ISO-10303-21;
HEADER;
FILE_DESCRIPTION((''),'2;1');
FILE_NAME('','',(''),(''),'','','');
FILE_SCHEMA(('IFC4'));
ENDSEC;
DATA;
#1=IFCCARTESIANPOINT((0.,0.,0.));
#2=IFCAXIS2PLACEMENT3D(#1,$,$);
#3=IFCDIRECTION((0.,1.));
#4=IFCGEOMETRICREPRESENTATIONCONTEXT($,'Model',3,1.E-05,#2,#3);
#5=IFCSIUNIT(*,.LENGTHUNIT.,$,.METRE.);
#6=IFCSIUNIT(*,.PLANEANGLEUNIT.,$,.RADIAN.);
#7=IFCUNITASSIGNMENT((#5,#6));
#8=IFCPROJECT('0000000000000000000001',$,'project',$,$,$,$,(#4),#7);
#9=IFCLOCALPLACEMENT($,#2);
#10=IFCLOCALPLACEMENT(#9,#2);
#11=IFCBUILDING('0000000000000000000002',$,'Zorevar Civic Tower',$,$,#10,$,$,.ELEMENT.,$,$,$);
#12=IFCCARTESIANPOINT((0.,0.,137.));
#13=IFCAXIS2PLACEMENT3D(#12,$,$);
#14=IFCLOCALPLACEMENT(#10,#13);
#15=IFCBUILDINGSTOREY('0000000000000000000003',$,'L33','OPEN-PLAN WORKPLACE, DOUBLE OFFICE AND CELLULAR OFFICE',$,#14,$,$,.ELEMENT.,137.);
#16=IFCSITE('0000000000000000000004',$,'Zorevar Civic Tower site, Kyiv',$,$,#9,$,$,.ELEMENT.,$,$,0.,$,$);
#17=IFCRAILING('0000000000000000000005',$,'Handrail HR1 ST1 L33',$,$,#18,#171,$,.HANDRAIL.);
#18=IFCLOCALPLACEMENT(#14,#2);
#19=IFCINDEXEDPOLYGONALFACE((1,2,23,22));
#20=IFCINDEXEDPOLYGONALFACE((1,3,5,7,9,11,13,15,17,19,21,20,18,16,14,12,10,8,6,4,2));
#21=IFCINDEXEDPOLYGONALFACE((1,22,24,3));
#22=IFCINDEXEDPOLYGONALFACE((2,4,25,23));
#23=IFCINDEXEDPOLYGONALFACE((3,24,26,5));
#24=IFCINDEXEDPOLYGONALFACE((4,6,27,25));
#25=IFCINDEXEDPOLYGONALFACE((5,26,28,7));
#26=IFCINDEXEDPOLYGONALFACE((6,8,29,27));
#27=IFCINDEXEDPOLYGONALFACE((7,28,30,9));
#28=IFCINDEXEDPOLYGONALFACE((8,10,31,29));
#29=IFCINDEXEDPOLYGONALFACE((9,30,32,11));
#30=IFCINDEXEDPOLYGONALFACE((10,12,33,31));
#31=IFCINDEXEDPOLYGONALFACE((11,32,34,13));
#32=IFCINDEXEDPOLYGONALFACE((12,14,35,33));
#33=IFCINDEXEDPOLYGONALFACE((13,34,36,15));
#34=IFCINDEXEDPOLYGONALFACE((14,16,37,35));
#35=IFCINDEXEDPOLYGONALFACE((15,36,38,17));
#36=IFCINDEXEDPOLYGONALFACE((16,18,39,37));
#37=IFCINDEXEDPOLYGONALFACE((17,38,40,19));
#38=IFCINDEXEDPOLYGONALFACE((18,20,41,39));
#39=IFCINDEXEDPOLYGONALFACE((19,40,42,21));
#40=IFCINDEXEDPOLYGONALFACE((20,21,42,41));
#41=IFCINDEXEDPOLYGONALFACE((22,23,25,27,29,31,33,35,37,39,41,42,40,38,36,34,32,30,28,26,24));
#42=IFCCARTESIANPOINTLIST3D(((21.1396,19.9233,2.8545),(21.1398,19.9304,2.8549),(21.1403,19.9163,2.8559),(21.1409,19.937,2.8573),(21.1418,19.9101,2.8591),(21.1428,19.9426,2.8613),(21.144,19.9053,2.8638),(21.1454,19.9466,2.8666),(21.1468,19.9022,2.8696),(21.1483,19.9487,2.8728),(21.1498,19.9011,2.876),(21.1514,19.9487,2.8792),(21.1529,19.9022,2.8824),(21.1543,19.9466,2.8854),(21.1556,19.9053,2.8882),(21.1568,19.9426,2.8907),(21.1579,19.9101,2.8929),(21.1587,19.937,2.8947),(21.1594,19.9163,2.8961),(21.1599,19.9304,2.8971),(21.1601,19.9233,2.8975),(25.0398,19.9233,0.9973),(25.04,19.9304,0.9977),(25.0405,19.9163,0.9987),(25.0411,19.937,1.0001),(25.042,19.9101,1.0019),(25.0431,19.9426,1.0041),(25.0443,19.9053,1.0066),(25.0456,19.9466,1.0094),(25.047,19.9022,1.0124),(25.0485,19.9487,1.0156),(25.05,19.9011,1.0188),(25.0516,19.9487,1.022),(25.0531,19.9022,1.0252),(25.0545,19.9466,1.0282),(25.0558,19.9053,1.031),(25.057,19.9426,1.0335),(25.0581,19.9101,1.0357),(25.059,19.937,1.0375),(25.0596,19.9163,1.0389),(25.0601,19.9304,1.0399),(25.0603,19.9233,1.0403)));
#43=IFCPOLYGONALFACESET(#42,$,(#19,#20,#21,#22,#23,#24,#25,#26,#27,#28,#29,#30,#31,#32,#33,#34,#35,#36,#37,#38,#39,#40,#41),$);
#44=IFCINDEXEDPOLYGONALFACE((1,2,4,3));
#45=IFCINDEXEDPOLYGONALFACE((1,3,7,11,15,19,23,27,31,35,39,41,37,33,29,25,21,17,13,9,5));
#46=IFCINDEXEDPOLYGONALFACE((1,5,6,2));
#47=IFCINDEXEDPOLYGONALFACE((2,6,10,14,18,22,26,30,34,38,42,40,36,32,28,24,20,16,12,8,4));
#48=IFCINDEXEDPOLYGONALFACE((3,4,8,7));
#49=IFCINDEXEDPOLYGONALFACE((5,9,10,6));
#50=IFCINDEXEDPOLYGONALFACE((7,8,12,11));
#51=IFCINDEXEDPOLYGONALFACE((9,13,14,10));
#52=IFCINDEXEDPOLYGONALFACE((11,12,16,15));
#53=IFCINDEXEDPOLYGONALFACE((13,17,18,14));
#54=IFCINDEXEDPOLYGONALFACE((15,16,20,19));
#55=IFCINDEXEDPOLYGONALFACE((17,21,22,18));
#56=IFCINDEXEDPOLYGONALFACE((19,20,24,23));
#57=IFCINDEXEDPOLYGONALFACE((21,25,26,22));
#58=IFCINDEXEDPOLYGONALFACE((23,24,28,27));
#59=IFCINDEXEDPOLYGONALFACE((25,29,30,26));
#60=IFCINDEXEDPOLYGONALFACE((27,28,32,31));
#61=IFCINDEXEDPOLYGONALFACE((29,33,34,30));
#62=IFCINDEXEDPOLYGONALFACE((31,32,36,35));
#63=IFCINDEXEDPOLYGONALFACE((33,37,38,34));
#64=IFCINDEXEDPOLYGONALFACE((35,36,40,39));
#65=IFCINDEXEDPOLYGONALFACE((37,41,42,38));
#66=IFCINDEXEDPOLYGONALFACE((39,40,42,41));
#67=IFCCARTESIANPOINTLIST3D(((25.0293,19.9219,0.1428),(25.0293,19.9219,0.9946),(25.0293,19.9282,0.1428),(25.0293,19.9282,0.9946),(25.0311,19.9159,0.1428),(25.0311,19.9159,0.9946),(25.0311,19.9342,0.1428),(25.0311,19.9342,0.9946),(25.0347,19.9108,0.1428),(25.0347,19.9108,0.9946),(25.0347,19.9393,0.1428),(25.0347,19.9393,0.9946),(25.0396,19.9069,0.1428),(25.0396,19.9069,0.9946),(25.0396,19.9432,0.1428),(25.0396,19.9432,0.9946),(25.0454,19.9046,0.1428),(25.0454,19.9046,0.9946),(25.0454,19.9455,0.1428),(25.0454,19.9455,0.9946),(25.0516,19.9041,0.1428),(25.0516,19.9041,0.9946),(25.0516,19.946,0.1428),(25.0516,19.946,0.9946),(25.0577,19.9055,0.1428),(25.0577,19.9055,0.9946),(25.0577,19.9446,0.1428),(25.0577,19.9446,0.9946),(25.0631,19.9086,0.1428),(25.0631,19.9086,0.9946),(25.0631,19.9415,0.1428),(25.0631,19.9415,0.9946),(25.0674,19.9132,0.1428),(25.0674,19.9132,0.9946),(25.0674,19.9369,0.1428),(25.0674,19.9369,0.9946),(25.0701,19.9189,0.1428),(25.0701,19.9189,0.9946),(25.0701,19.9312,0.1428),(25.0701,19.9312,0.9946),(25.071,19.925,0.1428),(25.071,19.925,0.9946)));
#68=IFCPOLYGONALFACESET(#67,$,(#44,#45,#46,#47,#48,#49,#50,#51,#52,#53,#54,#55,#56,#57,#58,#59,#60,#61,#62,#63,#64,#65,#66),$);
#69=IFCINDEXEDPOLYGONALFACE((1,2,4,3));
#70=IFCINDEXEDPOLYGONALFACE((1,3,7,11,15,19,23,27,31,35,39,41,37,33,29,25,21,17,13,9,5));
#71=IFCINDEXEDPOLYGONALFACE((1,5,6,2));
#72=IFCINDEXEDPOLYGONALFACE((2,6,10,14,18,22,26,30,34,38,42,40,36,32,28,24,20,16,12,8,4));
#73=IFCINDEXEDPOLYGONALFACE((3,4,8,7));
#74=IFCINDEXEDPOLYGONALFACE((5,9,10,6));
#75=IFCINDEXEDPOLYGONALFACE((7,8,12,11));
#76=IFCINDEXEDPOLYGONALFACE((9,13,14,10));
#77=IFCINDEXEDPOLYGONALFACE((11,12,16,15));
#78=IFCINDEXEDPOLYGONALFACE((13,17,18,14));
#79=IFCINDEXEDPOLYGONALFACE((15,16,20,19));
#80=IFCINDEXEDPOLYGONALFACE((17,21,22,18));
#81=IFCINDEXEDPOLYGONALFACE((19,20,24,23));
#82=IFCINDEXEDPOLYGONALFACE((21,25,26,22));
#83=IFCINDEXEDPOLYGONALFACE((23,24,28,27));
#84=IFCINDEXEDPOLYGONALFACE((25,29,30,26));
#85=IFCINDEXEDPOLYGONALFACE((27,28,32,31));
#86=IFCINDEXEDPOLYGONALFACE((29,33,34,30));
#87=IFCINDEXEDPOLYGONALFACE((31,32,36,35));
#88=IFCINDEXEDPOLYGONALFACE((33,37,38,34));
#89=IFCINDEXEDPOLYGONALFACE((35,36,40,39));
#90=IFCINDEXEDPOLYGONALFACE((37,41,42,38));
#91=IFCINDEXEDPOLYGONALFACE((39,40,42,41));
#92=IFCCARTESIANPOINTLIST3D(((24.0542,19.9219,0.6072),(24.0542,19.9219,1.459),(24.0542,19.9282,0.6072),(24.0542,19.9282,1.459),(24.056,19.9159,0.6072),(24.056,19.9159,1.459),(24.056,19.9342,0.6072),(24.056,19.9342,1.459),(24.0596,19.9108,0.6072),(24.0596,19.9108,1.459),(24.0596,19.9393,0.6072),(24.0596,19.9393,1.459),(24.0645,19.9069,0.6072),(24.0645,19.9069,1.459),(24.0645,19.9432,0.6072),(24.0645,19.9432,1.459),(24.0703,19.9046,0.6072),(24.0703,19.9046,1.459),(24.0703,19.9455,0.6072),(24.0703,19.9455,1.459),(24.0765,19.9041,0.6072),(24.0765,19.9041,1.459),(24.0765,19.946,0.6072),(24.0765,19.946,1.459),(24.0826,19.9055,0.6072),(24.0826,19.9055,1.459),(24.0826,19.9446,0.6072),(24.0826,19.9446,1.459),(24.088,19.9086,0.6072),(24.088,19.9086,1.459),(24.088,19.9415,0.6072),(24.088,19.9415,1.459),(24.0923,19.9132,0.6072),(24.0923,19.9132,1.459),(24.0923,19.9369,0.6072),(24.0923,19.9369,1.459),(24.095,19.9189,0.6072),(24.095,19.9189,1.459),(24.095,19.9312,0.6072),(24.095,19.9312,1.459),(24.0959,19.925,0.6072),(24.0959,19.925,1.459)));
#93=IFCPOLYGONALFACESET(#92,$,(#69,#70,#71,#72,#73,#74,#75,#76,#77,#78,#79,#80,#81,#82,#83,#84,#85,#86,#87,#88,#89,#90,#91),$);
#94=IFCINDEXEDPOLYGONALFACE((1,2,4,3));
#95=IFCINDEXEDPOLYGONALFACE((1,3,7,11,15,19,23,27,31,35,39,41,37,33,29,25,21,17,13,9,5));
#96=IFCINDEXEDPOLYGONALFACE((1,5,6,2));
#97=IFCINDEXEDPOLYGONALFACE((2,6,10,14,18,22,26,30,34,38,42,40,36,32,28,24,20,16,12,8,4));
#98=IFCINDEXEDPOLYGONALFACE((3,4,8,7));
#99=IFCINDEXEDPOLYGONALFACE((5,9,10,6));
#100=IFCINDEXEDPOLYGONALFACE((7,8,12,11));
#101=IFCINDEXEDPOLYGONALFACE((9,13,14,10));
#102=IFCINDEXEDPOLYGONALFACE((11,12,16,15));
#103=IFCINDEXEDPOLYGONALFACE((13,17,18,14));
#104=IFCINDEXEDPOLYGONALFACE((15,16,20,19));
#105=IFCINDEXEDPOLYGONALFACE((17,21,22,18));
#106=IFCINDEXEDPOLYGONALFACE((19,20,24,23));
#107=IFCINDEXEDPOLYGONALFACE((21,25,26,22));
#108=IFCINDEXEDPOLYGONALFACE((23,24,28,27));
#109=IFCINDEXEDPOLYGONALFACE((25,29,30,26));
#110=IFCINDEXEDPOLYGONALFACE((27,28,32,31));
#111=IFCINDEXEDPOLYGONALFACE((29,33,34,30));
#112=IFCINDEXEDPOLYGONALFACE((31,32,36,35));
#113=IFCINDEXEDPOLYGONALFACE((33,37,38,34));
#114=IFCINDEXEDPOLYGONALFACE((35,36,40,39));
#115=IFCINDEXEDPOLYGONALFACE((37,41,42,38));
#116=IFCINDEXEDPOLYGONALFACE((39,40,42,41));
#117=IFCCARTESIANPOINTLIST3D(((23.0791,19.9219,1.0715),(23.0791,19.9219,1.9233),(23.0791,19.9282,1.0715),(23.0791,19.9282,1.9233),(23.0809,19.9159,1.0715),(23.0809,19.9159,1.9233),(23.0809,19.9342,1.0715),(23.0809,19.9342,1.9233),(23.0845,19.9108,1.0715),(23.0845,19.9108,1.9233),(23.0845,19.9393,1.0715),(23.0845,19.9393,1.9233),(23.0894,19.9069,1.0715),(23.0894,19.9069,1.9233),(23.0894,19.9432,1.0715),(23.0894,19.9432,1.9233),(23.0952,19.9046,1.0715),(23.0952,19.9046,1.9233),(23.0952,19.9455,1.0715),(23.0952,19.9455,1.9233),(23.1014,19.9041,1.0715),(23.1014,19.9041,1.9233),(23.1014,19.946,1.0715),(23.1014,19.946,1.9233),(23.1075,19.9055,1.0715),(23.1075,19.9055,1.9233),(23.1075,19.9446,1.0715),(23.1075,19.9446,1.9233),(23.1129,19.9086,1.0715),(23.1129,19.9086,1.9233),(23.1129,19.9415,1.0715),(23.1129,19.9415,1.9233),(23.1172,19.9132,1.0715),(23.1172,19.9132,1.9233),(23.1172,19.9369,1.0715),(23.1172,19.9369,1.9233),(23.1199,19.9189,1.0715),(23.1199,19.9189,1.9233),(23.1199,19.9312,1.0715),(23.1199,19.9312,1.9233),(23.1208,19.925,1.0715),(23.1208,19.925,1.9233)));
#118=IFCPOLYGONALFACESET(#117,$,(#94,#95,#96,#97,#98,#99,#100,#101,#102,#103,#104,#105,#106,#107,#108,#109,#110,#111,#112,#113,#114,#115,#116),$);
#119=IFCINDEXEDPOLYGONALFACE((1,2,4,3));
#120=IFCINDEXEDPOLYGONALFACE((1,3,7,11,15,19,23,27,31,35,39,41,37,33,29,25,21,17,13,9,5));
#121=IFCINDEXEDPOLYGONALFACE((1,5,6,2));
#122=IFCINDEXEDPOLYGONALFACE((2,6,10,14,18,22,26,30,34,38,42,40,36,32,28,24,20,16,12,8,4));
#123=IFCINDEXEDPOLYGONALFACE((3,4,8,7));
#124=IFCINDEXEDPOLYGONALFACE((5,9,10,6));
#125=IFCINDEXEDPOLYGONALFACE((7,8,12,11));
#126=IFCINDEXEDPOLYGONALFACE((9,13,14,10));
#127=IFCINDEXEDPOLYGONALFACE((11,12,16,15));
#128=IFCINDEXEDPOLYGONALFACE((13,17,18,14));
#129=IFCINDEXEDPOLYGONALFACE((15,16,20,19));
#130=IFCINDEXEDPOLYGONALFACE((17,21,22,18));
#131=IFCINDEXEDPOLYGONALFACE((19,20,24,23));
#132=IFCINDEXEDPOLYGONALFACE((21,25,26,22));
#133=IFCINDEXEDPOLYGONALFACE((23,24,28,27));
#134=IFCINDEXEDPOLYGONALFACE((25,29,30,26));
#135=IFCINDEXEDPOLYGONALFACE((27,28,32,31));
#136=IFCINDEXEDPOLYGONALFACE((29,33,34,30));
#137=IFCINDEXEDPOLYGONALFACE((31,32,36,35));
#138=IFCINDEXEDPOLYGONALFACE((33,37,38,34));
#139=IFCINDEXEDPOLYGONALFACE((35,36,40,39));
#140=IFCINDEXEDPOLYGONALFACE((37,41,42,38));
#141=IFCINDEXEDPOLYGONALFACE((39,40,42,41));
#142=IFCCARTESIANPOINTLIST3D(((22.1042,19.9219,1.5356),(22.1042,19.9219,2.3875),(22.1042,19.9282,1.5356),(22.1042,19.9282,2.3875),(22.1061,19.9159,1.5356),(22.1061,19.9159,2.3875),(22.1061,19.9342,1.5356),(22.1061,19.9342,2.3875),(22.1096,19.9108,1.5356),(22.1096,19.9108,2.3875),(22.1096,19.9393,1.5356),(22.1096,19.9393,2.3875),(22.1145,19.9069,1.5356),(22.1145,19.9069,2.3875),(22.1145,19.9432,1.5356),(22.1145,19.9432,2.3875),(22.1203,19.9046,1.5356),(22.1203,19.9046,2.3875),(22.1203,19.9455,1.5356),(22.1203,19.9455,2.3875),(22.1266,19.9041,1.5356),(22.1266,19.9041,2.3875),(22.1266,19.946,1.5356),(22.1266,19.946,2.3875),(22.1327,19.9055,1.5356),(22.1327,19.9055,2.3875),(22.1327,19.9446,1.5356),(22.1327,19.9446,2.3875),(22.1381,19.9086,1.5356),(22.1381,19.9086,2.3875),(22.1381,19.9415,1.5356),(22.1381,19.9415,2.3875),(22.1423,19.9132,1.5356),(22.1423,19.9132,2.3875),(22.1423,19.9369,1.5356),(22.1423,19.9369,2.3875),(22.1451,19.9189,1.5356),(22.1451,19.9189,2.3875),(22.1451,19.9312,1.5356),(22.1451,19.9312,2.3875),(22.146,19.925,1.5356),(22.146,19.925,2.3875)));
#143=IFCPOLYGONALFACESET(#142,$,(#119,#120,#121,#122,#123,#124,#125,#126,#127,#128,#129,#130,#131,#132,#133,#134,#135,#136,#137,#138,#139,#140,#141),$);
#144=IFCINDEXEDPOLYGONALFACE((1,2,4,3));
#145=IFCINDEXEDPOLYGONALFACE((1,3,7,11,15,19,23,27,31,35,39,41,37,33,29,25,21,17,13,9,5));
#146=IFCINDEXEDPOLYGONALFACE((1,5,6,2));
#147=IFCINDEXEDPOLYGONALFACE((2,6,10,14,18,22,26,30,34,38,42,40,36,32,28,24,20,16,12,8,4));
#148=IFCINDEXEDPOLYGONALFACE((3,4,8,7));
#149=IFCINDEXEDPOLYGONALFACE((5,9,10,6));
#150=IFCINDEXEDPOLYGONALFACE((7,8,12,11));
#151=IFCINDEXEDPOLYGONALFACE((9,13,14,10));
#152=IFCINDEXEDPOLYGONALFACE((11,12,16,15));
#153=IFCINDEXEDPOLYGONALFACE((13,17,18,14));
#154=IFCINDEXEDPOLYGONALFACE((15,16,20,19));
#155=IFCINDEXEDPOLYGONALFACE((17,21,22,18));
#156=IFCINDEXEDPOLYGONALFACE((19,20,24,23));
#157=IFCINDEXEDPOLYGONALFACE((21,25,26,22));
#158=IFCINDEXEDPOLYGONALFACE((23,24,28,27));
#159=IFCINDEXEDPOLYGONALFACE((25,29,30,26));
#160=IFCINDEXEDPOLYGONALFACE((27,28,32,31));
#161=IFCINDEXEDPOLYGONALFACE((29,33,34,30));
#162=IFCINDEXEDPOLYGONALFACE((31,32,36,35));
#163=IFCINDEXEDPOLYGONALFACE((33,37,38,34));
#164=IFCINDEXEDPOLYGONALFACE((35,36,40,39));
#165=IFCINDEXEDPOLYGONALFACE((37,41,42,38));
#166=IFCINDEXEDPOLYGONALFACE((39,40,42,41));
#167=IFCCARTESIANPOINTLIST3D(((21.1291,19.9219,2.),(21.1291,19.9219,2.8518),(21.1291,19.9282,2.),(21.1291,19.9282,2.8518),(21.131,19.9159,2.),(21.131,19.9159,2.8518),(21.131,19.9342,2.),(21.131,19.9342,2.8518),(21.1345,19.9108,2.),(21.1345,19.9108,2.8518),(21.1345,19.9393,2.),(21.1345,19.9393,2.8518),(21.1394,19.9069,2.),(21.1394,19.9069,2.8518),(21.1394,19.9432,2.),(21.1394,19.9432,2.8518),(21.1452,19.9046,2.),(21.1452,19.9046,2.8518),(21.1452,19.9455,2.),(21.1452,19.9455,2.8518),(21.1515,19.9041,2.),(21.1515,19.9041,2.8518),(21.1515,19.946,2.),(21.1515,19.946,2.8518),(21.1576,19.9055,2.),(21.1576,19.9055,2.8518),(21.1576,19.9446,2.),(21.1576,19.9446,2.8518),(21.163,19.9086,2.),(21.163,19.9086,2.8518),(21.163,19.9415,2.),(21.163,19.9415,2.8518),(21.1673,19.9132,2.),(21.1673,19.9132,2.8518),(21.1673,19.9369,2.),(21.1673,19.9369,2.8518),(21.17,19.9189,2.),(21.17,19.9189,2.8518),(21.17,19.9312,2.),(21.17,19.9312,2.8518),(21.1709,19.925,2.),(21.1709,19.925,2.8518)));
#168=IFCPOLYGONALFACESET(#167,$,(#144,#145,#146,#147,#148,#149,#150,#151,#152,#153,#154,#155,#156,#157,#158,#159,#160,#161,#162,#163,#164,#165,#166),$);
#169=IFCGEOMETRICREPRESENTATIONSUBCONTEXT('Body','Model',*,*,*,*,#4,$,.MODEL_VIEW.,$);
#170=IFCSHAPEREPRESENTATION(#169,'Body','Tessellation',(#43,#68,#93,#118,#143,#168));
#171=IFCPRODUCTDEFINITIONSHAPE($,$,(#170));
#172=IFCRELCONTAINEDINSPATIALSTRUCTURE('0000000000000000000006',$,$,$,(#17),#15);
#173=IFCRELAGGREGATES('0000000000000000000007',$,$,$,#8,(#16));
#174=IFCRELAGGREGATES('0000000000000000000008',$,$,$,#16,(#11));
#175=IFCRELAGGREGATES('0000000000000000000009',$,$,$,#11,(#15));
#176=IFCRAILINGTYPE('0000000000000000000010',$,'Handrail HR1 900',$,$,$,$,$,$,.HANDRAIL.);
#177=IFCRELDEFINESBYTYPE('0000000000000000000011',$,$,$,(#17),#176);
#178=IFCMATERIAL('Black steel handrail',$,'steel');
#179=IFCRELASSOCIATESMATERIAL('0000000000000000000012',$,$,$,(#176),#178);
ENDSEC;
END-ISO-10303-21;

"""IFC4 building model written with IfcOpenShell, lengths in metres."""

from ifc_helpers import new_model, si_unit, direction, frame, origin, origin_2d, place, context, subcontext, project, spatial, circle, extrude, material, type_object, element, save


model = new_model("IFC4")

# Units and contexts
model_context = context("Model", 3, precision=1e-05, world=origin(), true_north=direction((0.0, 1.0)))
body_context = subcontext(model_context, "Body", "Model", "MODEL_VIEW")
ifc_project = project(units=[si_unit("LENGTHUNIT", "METRE"), si_unit("PLANEANGLEUNIT", "RADIAN")], contexts=[model_context])

# Site, building, storey
site_placement = place(None, origin())
site = spatial("IfcSite", under=ifc_project, at=site_placement, Name="Zorevar Civic Tower site, Kyiv", CompositionType="ELEMENT", RefElevation=0.0)
building_placement = place(site_placement, origin())
building = spatial("IfcBuilding", under=site, at=building_placement, Name="Zorevar Civic Tower", CompositionType="ELEMENT")
storey_placement = place(building_placement, frame((0.0, 0.0, 137.0)))
storey = spatial("IfcBuildingStorey", under=building, at=storey_placement, Name="L33", Description="OPEN-PLAN WORKPLACE, DOUBLE OFFICE AND CELLULAR OFFICE", CompositionType="ELEMENT", Elevation=137.0)

# Railing
ifc_material_1 = material(Name="Black steel handrail", Category="steel")
railing_type_1 = type_object("IfcRailingType", Name="Handrail HR1 900", PredefinedType="HANDRAIL", material=ifc_material_1)
railing_placement = place(storey_placement, frame((25.05, 19.925, 0.1428)))
element("IfcRailing", 1, at=railing_placement, inside=storey, type_object=railing_type_1, Name="Handrail HR1 ST1 L33", PredefinedType="HANDRAIL", context=body_context, shape_type="SweptSolid", body=[
    extrude(circle(Radius=0.0239, at=origin_2d()), frame((0.0, 0.0, 0.876), z_axis=(-0.902864, 0.0, 0.429927), x_axis=(0.0, -1.0, 0.0)), (0.0, 0.0, 1.0), 4.3198),
    extrude(circle(Radius=0.021, at=origin_2d()), origin(), (0.0, 0.0, 1.0), 0.8518),
    extrude(circle(Radius=0.021, at=origin_2d()), frame((-0.9751, 0.0, 0.4644)), (0.0, 0.0, 1.0), 0.8518),
    extrude(circle(Radius=0.021, at=origin_2d()), frame((-1.9502, 0.0, 0.9287)), (0.0, 0.0, 1.0), 0.8518),
    extrude(circle(Radius=0.021, at=origin_2d()), frame((-2.925, 0.0, 1.3928)), (0.0, 0.0, 1.0), 0.8518),
    extrude(circle(Radius=0.021, at=origin_2d()), frame((-3.9001, 0.0, 1.8572)), (0.0, 0.0, 1.0), 0.8518),
])

save(model, "model.ifc")
